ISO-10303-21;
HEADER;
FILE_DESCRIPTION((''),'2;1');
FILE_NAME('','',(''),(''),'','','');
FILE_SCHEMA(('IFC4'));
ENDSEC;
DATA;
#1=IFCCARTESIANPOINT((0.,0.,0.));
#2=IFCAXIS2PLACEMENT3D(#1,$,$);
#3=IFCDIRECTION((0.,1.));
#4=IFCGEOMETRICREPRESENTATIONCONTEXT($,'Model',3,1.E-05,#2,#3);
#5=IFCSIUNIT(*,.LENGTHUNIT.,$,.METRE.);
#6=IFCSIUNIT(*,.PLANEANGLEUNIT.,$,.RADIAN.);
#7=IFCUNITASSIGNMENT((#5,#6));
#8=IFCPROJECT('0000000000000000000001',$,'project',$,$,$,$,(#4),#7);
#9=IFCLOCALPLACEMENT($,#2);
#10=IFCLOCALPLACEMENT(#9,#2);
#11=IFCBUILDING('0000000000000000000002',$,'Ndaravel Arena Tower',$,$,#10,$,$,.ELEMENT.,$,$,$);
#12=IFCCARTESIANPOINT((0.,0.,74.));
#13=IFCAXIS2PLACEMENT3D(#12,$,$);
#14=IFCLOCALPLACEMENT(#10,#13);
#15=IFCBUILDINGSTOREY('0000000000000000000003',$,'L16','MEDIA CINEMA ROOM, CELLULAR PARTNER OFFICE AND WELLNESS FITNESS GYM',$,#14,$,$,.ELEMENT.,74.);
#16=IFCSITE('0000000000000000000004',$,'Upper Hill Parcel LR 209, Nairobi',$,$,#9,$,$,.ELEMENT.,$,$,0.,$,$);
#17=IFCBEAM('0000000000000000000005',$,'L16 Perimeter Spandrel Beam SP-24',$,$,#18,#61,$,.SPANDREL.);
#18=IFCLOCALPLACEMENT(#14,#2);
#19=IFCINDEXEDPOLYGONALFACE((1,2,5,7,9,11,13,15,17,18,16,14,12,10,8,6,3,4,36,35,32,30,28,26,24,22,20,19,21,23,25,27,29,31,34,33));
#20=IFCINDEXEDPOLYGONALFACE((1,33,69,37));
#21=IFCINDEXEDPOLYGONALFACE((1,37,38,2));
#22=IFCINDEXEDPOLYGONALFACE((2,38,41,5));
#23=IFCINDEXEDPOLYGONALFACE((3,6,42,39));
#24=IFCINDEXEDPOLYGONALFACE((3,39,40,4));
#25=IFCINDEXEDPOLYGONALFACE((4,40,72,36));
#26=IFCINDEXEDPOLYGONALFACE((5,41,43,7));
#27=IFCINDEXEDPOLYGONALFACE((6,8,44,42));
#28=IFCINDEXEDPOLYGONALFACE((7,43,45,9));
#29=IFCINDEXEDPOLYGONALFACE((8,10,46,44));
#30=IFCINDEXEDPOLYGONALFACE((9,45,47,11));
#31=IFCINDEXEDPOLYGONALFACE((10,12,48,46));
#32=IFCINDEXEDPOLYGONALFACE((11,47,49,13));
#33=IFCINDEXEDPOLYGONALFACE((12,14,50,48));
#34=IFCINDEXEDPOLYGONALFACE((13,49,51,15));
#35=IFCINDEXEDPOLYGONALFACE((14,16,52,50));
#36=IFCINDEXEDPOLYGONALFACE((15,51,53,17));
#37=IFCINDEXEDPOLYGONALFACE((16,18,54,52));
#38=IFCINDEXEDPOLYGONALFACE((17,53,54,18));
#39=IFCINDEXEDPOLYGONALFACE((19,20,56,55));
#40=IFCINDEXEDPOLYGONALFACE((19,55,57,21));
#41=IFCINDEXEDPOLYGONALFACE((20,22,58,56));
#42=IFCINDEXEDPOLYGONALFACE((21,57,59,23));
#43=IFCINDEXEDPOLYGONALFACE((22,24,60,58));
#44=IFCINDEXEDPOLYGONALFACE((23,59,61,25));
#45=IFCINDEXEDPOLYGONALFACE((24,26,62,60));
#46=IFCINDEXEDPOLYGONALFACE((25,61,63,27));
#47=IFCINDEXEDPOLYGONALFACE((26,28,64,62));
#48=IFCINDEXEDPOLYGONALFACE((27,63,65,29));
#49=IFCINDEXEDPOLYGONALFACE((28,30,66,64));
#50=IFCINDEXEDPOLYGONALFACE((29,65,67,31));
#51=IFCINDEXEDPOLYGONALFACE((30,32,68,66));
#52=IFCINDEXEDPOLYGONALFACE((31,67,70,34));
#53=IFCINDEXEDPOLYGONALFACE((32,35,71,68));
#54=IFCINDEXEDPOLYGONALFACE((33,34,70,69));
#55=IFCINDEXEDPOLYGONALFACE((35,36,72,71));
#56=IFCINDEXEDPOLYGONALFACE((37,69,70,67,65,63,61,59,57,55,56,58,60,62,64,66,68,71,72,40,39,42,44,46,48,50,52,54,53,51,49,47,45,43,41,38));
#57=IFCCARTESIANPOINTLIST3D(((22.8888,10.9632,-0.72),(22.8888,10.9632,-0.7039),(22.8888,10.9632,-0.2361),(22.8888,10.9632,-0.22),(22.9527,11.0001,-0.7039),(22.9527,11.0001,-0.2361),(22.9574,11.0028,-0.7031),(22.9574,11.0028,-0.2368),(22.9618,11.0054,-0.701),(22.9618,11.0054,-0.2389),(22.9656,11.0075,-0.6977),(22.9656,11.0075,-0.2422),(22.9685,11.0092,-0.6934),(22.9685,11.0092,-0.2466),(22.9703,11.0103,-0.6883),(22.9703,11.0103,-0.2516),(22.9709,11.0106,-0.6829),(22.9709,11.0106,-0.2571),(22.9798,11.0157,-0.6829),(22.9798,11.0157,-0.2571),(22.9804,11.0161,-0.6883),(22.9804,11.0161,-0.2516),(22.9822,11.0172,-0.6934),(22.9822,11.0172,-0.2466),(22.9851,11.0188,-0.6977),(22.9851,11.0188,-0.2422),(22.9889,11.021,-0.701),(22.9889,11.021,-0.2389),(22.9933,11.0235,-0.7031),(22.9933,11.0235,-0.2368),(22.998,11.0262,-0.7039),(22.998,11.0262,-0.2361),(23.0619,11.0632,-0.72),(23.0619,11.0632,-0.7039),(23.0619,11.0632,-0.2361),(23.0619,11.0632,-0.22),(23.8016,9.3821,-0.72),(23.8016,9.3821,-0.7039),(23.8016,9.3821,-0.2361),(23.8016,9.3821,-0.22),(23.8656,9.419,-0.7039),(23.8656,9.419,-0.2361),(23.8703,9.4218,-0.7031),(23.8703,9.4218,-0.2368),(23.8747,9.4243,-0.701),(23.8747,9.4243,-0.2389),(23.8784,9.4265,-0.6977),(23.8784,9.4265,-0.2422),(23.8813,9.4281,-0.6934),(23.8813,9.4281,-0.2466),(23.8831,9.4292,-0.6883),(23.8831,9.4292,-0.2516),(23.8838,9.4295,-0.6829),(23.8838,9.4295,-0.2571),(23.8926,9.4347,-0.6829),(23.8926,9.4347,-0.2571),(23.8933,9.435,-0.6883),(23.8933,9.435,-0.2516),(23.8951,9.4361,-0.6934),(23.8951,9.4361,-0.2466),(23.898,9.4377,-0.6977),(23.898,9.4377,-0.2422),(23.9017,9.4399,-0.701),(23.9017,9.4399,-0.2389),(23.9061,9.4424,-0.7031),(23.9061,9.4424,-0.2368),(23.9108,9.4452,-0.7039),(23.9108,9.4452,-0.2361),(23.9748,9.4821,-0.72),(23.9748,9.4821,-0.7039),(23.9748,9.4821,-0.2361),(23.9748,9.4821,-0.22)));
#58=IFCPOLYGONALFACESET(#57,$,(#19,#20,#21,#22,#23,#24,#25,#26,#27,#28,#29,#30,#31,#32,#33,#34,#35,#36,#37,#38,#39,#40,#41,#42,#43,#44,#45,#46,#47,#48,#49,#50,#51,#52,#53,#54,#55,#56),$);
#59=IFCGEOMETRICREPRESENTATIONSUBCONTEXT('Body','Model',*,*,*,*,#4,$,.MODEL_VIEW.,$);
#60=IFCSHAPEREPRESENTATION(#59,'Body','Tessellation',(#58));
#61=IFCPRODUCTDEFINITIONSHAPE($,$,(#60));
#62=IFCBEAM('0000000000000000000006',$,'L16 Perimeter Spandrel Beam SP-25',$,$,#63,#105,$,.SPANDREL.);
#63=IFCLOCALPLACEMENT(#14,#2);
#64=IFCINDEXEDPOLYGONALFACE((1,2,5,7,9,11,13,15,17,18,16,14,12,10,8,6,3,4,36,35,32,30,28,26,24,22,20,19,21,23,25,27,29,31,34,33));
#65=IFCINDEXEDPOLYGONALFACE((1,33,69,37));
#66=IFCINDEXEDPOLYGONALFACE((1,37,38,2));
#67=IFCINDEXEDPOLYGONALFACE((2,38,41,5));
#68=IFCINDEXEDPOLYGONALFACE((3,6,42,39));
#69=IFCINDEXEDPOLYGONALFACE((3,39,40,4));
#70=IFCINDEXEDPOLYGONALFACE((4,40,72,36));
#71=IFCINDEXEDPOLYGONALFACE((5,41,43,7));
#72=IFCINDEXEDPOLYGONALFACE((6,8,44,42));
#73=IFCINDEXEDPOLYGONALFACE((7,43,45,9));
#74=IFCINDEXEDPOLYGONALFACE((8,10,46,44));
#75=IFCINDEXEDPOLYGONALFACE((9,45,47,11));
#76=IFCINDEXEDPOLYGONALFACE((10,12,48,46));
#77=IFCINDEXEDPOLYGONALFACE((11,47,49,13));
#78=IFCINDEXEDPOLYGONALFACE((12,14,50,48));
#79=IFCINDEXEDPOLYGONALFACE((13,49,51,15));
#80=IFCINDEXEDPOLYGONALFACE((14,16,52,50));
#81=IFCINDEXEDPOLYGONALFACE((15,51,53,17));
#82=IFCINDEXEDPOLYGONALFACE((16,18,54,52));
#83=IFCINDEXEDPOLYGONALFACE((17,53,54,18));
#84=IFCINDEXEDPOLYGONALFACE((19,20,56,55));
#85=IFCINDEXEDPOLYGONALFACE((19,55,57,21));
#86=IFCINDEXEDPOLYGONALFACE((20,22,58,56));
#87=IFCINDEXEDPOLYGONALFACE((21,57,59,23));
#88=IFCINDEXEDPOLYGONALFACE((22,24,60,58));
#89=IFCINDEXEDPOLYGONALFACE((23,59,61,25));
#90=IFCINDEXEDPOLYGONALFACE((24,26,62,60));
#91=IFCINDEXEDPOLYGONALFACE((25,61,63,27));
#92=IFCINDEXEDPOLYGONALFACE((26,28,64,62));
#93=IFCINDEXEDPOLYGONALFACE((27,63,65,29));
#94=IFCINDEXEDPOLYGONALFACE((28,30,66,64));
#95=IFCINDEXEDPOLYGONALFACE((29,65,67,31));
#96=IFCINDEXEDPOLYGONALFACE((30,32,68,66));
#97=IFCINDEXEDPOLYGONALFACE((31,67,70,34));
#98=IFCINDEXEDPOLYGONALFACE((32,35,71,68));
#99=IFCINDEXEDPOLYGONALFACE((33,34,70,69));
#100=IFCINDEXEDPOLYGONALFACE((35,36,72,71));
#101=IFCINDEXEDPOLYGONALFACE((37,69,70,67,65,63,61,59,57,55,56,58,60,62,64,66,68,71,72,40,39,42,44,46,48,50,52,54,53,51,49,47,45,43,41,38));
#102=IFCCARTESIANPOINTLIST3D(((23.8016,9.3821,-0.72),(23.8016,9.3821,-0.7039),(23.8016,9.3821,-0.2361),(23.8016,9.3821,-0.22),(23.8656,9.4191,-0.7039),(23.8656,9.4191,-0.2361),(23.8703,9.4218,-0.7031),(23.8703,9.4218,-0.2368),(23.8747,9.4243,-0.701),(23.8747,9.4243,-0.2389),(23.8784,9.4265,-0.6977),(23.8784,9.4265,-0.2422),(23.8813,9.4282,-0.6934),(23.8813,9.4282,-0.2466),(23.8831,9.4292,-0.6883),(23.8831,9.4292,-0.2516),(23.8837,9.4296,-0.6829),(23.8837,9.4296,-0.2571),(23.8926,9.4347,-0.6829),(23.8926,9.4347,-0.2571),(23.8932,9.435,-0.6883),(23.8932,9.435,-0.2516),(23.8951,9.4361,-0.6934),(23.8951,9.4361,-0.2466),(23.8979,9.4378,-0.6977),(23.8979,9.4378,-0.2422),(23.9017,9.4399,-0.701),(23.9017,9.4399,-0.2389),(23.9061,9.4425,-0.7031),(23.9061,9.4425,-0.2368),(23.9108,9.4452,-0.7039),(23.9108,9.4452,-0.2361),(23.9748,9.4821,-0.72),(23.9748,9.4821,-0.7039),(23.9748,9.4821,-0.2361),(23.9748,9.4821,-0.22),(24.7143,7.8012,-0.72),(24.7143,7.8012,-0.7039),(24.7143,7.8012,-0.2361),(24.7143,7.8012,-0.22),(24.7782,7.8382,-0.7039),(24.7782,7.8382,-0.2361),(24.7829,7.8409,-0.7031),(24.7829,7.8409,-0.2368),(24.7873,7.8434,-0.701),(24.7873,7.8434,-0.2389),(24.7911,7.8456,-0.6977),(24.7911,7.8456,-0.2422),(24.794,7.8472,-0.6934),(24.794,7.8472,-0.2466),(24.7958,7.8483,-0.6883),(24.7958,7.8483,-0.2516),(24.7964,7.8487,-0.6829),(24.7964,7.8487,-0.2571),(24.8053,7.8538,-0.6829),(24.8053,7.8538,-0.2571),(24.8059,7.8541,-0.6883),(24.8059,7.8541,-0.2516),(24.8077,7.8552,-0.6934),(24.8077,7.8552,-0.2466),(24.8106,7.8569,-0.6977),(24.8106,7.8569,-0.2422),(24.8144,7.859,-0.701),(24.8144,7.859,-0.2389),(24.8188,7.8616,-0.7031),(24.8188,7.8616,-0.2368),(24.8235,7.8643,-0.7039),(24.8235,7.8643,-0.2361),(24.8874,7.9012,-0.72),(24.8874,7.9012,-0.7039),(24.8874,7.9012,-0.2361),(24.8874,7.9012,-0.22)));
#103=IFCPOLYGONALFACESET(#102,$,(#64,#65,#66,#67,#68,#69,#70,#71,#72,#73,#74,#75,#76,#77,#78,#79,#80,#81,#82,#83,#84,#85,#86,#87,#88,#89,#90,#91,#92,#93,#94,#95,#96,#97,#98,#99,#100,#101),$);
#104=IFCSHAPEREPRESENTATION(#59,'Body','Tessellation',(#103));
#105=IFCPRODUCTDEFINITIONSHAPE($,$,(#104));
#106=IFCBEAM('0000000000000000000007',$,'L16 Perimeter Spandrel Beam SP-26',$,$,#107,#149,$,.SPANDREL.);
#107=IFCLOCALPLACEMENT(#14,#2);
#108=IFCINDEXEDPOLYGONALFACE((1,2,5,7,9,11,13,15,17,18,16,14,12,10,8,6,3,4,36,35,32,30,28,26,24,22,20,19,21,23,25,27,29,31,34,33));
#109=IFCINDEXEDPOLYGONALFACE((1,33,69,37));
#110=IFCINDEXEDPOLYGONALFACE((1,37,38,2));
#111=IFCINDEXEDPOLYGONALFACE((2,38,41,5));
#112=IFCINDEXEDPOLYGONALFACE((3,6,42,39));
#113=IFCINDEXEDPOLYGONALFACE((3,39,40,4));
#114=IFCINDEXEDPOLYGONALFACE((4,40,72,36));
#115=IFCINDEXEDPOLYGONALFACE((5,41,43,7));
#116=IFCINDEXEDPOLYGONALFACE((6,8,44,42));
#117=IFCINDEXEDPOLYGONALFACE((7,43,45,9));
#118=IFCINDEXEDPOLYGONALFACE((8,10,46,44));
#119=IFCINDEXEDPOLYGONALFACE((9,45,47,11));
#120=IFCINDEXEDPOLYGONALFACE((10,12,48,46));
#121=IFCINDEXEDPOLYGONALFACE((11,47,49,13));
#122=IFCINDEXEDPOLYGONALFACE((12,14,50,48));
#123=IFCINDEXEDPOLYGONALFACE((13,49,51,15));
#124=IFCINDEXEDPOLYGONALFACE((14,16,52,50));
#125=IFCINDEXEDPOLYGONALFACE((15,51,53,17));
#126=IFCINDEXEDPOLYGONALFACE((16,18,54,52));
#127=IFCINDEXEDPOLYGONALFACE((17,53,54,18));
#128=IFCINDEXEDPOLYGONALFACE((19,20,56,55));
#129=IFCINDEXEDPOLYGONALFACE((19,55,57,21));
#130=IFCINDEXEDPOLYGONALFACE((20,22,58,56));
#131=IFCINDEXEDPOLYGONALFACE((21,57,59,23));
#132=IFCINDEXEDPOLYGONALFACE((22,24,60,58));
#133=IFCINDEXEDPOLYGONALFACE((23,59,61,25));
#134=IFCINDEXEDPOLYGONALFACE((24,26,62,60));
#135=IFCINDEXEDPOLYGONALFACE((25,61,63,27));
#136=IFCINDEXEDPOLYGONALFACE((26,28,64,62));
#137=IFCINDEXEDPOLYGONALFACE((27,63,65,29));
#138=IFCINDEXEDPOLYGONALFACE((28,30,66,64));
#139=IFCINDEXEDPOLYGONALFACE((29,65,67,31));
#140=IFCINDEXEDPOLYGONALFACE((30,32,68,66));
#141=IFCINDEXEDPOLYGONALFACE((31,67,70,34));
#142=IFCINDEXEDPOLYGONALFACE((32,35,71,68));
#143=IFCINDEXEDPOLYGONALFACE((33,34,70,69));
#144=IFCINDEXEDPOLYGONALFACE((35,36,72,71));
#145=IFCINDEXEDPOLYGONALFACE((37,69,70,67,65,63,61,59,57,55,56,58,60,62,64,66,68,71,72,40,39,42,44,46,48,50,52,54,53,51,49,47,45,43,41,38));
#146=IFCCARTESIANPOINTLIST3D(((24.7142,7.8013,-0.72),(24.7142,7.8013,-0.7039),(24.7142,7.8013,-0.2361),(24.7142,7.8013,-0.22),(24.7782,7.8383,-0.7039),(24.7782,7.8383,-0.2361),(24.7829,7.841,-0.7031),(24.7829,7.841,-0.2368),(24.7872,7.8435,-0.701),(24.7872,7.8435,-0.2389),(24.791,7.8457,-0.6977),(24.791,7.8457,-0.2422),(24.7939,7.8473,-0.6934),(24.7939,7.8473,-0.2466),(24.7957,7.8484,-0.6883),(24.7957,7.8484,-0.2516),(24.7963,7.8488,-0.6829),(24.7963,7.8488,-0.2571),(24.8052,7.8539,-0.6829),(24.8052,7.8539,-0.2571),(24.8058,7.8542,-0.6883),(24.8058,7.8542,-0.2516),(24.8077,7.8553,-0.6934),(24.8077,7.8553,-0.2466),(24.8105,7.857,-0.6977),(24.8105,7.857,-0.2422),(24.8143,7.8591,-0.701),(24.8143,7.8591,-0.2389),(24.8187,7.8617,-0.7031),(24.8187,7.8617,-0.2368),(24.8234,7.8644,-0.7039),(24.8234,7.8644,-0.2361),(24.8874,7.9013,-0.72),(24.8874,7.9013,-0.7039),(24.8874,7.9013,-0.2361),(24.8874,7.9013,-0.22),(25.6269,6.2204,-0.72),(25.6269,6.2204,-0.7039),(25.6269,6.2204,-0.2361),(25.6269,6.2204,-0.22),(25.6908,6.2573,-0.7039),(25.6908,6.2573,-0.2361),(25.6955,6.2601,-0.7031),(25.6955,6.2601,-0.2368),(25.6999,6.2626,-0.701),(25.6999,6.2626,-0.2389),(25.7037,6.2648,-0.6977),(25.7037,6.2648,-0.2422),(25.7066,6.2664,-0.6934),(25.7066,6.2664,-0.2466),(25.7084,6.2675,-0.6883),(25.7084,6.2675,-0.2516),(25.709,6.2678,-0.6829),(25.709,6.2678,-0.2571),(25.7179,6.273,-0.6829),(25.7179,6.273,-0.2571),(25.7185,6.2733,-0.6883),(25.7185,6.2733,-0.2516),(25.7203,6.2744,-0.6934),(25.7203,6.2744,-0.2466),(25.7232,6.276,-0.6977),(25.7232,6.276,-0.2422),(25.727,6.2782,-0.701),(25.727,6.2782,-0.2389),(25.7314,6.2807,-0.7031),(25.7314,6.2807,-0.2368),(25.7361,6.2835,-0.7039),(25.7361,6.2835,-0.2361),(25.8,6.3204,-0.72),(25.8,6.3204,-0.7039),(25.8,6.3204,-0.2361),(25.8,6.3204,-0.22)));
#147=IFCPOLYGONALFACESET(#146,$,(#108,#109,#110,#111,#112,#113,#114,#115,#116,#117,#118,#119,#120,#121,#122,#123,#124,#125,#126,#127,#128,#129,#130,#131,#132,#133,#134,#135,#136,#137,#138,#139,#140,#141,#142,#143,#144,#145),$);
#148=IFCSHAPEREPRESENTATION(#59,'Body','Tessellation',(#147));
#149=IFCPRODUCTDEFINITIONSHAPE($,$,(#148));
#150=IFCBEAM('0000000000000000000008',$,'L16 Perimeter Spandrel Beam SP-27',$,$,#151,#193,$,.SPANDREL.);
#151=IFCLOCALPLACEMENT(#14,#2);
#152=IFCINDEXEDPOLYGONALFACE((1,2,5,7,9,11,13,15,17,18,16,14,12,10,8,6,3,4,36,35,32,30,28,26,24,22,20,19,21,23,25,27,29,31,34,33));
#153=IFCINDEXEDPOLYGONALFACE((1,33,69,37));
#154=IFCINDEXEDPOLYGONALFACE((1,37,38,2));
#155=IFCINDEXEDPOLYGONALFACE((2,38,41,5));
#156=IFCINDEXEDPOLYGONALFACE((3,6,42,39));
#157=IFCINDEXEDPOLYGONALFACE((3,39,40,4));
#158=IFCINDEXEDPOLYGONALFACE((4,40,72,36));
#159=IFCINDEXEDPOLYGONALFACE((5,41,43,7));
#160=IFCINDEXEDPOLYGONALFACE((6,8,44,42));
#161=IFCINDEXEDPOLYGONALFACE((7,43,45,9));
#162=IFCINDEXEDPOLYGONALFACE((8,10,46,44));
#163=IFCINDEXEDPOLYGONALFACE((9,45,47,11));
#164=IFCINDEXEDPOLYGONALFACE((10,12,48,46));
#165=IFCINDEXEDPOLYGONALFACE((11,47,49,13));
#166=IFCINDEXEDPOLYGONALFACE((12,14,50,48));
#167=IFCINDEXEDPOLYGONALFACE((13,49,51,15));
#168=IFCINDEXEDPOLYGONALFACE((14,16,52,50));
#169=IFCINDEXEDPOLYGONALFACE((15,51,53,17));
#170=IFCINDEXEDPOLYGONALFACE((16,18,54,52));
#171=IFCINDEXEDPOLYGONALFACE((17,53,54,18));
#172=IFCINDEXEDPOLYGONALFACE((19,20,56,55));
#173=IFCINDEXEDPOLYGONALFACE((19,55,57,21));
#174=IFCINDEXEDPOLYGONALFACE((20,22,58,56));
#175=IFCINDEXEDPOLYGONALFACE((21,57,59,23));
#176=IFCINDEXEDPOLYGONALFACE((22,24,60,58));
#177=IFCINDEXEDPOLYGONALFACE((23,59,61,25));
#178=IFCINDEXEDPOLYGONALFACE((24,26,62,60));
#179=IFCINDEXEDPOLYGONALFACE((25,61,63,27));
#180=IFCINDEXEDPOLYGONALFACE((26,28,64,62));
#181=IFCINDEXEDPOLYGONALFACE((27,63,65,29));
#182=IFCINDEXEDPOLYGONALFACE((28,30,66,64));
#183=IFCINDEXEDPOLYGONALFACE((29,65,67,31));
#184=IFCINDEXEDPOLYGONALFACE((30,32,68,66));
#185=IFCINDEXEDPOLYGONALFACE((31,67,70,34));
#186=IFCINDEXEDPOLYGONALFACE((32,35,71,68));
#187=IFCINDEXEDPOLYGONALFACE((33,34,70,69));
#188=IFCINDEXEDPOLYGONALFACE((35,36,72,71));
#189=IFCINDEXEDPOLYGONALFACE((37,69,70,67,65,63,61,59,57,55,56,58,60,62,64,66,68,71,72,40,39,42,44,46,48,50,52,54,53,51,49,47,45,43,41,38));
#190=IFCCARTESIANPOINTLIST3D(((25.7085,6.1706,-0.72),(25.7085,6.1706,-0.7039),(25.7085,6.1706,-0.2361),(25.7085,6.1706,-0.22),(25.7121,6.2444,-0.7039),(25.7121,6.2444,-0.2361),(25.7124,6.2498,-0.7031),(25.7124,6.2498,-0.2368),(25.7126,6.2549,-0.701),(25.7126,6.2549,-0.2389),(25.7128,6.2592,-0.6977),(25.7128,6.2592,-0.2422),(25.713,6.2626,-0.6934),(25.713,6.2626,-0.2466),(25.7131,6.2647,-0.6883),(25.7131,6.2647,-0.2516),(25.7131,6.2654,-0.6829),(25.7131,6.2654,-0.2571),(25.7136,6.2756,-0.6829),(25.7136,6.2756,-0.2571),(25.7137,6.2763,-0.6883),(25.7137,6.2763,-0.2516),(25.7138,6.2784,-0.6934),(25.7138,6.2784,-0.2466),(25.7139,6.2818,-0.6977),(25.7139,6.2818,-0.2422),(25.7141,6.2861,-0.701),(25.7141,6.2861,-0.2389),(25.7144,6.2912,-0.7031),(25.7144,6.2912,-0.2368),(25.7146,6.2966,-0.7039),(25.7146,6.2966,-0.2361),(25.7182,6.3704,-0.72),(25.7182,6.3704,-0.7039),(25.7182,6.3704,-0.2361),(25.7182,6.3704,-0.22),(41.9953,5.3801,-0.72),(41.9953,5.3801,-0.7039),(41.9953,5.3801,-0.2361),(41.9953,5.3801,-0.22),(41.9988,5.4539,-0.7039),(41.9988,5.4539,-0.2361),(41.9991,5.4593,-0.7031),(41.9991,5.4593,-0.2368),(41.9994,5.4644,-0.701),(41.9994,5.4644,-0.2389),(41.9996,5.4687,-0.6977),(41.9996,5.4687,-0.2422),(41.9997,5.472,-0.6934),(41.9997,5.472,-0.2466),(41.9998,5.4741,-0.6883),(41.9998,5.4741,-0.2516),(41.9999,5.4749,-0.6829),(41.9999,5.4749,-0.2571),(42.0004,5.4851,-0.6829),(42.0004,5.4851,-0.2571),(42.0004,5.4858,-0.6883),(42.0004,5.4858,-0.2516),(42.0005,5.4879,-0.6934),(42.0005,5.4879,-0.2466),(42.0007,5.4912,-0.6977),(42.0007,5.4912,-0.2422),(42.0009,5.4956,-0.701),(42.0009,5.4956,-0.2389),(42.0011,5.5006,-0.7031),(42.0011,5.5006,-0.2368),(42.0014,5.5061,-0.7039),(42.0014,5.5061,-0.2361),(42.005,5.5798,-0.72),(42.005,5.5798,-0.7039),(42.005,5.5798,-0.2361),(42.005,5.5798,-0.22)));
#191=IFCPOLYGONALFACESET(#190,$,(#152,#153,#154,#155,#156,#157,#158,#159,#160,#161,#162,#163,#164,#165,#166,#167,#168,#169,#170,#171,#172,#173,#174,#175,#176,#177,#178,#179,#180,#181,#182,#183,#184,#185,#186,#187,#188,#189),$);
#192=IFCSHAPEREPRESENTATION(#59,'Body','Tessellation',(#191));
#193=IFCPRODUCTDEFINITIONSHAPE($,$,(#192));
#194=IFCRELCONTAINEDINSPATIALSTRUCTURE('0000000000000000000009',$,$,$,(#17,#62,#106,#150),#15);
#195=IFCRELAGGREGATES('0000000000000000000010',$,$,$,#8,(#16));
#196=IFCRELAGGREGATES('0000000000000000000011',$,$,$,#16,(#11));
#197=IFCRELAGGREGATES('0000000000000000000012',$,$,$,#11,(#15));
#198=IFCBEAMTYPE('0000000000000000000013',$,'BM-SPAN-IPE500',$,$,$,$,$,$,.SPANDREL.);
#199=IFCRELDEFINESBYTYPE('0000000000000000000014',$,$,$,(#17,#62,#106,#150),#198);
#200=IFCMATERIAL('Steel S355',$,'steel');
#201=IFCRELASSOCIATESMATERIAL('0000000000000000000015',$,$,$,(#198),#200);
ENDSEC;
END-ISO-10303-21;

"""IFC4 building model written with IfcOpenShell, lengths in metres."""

from ifc_helpers import new_model, si_unit, direction, frame, origin, origin_2d, place, context, subcontext, project, spatial, i_section, extrude, material, material_profile, profile_set, type_object, element, save


model = new_model("IFC4")

# Units and contexts
model_context = context("Model", 3, precision=1e-05, world=origin(), true_north=direction((0.0, 1.0)))
body_context = subcontext(model_context, "Body", "Model", "MODEL_VIEW")
ifc_project = project(units=[si_unit("LENGTHUNIT", "METRE"), si_unit("PLANEANGLEUNIT", "RADIAN")], contexts=[model_context])

# Site, building, storey
site_placement = place(None, origin())
site = spatial("IfcSite", under=ifc_project, at=site_placement, Name="Upper Hill Parcel LR 209, Nairobi", CompositionType="ELEMENT", RefElevation=0.0)
building_placement = place(site_placement, origin())
building = spatial("IfcBuilding", under=site, at=building_placement, Name="Ndaravel Arena Tower", CompositionType="ELEMENT")
storey_placement = place(building_placement, frame((0.0, 0.0, 74.0)))
storey = spatial("IfcBuildingStorey", under=building, at=storey_placement, Name="L16", Description="MEDIA CINEMA ROOM, CELLULAR PARTNER OFFICE AND WELLNESS FITNESS GYM", CompositionType="ELEMENT", Elevation=74.0)

# Beams
ifc_material_1 = material(Name="Steel S355", Category="steel")
ifc_material_profile_1 = material_profile(ifc_material_1, i_section(OverallWidth=0.2, OverallDepth=0.5, WebThickness=0.0103, FlangeThickness=0.0161, FilletRadius=0.021, at=origin_2d()), Name="IPE 500")
ifc_profile_set_1 = profile_set([ifc_material_profile_1], Name="Steel S355")
beam_type = type_object("IfcBeamType", Name="BM-SPAN-IPE500", PredefinedType="SPANDREL", material=ifc_profile_set_1)
beam_1_placement = place(storey_placement, frame((22.9753, 11.0132, -0.47), z_axis=(0.500008, -0.866021, 0.0), x_axis=(0.866021, 0.500008, 0.0)))
element("IfcBeam", 1, at=beam_1_placement, inside=storey, type_object=beam_type, Name="L16 Perimeter Spandrel Beam SP-24", PredefinedType="SPANDREL", context=body_context, shape_type="SweptSolid", body=[
    extrude(i_section(OverallWidth=0.2, OverallDepth=0.5, WebThickness=0.0103, FlangeThickness=0.0161, FilletRadius=0.021, at=origin_2d()), origin(), (0.0, 0.0, 1.0), 1.8257),
])
for number, where, z_axis, x_axis, name in (
    (2, (23.8882, 9.4321, -0.47), (0.499966, -0.866045, 0.0), (0.866045, 0.499966, 0.0), "L16 Perimeter Spandrel Beam SP-25"),
    (3, (24.8008, 7.8513, -0.47), (0.499966, -0.866045, 0.0), (0.866045, 0.499966, 0.0), "L16 Perimeter Spandrel Beam SP-26"),
):
    element("IfcBeam", number, at=place(storey_placement, frame(where, z_axis=z_axis, x_axis=x_axis)), inside=storey, type_object=beam_type, Name=name, PredefinedType="SPANDREL", context=body_context, shape_type="SweptSolid", body=[
        extrude(i_section(OverallWidth=0.2, OverallDepth=0.5, WebThickness=0.0103, FlangeThickness=0.0161, FilletRadius=0.021, at=origin_2d()), origin(), (0.0, 0.0, 1.0), 1.8254),
    ])
beam_2_placement = place(storey_placement, frame((25.7134, 6.2705, -0.47), z_axis=(0.998824, -0.048481, 0.0), x_axis=(0.048481, 0.998824, 0.0)))
element("IfcBeam", 4, at=beam_2_placement, inside=storey, type_object=beam_type, Name="L16 Perimeter Spandrel Beam SP-27", PredefinedType="SPANDREL", context=body_context, shape_type="SweptSolid", body=[
    extrude(i_section(OverallWidth=0.2, OverallDepth=0.5, WebThickness=0.0103, FlangeThickness=0.0161, FilletRadius=0.021, at=origin_2d()), origin(), (0.0, 0.0, 1.0), 16.3059),
])

save(model, "model.ifc")
